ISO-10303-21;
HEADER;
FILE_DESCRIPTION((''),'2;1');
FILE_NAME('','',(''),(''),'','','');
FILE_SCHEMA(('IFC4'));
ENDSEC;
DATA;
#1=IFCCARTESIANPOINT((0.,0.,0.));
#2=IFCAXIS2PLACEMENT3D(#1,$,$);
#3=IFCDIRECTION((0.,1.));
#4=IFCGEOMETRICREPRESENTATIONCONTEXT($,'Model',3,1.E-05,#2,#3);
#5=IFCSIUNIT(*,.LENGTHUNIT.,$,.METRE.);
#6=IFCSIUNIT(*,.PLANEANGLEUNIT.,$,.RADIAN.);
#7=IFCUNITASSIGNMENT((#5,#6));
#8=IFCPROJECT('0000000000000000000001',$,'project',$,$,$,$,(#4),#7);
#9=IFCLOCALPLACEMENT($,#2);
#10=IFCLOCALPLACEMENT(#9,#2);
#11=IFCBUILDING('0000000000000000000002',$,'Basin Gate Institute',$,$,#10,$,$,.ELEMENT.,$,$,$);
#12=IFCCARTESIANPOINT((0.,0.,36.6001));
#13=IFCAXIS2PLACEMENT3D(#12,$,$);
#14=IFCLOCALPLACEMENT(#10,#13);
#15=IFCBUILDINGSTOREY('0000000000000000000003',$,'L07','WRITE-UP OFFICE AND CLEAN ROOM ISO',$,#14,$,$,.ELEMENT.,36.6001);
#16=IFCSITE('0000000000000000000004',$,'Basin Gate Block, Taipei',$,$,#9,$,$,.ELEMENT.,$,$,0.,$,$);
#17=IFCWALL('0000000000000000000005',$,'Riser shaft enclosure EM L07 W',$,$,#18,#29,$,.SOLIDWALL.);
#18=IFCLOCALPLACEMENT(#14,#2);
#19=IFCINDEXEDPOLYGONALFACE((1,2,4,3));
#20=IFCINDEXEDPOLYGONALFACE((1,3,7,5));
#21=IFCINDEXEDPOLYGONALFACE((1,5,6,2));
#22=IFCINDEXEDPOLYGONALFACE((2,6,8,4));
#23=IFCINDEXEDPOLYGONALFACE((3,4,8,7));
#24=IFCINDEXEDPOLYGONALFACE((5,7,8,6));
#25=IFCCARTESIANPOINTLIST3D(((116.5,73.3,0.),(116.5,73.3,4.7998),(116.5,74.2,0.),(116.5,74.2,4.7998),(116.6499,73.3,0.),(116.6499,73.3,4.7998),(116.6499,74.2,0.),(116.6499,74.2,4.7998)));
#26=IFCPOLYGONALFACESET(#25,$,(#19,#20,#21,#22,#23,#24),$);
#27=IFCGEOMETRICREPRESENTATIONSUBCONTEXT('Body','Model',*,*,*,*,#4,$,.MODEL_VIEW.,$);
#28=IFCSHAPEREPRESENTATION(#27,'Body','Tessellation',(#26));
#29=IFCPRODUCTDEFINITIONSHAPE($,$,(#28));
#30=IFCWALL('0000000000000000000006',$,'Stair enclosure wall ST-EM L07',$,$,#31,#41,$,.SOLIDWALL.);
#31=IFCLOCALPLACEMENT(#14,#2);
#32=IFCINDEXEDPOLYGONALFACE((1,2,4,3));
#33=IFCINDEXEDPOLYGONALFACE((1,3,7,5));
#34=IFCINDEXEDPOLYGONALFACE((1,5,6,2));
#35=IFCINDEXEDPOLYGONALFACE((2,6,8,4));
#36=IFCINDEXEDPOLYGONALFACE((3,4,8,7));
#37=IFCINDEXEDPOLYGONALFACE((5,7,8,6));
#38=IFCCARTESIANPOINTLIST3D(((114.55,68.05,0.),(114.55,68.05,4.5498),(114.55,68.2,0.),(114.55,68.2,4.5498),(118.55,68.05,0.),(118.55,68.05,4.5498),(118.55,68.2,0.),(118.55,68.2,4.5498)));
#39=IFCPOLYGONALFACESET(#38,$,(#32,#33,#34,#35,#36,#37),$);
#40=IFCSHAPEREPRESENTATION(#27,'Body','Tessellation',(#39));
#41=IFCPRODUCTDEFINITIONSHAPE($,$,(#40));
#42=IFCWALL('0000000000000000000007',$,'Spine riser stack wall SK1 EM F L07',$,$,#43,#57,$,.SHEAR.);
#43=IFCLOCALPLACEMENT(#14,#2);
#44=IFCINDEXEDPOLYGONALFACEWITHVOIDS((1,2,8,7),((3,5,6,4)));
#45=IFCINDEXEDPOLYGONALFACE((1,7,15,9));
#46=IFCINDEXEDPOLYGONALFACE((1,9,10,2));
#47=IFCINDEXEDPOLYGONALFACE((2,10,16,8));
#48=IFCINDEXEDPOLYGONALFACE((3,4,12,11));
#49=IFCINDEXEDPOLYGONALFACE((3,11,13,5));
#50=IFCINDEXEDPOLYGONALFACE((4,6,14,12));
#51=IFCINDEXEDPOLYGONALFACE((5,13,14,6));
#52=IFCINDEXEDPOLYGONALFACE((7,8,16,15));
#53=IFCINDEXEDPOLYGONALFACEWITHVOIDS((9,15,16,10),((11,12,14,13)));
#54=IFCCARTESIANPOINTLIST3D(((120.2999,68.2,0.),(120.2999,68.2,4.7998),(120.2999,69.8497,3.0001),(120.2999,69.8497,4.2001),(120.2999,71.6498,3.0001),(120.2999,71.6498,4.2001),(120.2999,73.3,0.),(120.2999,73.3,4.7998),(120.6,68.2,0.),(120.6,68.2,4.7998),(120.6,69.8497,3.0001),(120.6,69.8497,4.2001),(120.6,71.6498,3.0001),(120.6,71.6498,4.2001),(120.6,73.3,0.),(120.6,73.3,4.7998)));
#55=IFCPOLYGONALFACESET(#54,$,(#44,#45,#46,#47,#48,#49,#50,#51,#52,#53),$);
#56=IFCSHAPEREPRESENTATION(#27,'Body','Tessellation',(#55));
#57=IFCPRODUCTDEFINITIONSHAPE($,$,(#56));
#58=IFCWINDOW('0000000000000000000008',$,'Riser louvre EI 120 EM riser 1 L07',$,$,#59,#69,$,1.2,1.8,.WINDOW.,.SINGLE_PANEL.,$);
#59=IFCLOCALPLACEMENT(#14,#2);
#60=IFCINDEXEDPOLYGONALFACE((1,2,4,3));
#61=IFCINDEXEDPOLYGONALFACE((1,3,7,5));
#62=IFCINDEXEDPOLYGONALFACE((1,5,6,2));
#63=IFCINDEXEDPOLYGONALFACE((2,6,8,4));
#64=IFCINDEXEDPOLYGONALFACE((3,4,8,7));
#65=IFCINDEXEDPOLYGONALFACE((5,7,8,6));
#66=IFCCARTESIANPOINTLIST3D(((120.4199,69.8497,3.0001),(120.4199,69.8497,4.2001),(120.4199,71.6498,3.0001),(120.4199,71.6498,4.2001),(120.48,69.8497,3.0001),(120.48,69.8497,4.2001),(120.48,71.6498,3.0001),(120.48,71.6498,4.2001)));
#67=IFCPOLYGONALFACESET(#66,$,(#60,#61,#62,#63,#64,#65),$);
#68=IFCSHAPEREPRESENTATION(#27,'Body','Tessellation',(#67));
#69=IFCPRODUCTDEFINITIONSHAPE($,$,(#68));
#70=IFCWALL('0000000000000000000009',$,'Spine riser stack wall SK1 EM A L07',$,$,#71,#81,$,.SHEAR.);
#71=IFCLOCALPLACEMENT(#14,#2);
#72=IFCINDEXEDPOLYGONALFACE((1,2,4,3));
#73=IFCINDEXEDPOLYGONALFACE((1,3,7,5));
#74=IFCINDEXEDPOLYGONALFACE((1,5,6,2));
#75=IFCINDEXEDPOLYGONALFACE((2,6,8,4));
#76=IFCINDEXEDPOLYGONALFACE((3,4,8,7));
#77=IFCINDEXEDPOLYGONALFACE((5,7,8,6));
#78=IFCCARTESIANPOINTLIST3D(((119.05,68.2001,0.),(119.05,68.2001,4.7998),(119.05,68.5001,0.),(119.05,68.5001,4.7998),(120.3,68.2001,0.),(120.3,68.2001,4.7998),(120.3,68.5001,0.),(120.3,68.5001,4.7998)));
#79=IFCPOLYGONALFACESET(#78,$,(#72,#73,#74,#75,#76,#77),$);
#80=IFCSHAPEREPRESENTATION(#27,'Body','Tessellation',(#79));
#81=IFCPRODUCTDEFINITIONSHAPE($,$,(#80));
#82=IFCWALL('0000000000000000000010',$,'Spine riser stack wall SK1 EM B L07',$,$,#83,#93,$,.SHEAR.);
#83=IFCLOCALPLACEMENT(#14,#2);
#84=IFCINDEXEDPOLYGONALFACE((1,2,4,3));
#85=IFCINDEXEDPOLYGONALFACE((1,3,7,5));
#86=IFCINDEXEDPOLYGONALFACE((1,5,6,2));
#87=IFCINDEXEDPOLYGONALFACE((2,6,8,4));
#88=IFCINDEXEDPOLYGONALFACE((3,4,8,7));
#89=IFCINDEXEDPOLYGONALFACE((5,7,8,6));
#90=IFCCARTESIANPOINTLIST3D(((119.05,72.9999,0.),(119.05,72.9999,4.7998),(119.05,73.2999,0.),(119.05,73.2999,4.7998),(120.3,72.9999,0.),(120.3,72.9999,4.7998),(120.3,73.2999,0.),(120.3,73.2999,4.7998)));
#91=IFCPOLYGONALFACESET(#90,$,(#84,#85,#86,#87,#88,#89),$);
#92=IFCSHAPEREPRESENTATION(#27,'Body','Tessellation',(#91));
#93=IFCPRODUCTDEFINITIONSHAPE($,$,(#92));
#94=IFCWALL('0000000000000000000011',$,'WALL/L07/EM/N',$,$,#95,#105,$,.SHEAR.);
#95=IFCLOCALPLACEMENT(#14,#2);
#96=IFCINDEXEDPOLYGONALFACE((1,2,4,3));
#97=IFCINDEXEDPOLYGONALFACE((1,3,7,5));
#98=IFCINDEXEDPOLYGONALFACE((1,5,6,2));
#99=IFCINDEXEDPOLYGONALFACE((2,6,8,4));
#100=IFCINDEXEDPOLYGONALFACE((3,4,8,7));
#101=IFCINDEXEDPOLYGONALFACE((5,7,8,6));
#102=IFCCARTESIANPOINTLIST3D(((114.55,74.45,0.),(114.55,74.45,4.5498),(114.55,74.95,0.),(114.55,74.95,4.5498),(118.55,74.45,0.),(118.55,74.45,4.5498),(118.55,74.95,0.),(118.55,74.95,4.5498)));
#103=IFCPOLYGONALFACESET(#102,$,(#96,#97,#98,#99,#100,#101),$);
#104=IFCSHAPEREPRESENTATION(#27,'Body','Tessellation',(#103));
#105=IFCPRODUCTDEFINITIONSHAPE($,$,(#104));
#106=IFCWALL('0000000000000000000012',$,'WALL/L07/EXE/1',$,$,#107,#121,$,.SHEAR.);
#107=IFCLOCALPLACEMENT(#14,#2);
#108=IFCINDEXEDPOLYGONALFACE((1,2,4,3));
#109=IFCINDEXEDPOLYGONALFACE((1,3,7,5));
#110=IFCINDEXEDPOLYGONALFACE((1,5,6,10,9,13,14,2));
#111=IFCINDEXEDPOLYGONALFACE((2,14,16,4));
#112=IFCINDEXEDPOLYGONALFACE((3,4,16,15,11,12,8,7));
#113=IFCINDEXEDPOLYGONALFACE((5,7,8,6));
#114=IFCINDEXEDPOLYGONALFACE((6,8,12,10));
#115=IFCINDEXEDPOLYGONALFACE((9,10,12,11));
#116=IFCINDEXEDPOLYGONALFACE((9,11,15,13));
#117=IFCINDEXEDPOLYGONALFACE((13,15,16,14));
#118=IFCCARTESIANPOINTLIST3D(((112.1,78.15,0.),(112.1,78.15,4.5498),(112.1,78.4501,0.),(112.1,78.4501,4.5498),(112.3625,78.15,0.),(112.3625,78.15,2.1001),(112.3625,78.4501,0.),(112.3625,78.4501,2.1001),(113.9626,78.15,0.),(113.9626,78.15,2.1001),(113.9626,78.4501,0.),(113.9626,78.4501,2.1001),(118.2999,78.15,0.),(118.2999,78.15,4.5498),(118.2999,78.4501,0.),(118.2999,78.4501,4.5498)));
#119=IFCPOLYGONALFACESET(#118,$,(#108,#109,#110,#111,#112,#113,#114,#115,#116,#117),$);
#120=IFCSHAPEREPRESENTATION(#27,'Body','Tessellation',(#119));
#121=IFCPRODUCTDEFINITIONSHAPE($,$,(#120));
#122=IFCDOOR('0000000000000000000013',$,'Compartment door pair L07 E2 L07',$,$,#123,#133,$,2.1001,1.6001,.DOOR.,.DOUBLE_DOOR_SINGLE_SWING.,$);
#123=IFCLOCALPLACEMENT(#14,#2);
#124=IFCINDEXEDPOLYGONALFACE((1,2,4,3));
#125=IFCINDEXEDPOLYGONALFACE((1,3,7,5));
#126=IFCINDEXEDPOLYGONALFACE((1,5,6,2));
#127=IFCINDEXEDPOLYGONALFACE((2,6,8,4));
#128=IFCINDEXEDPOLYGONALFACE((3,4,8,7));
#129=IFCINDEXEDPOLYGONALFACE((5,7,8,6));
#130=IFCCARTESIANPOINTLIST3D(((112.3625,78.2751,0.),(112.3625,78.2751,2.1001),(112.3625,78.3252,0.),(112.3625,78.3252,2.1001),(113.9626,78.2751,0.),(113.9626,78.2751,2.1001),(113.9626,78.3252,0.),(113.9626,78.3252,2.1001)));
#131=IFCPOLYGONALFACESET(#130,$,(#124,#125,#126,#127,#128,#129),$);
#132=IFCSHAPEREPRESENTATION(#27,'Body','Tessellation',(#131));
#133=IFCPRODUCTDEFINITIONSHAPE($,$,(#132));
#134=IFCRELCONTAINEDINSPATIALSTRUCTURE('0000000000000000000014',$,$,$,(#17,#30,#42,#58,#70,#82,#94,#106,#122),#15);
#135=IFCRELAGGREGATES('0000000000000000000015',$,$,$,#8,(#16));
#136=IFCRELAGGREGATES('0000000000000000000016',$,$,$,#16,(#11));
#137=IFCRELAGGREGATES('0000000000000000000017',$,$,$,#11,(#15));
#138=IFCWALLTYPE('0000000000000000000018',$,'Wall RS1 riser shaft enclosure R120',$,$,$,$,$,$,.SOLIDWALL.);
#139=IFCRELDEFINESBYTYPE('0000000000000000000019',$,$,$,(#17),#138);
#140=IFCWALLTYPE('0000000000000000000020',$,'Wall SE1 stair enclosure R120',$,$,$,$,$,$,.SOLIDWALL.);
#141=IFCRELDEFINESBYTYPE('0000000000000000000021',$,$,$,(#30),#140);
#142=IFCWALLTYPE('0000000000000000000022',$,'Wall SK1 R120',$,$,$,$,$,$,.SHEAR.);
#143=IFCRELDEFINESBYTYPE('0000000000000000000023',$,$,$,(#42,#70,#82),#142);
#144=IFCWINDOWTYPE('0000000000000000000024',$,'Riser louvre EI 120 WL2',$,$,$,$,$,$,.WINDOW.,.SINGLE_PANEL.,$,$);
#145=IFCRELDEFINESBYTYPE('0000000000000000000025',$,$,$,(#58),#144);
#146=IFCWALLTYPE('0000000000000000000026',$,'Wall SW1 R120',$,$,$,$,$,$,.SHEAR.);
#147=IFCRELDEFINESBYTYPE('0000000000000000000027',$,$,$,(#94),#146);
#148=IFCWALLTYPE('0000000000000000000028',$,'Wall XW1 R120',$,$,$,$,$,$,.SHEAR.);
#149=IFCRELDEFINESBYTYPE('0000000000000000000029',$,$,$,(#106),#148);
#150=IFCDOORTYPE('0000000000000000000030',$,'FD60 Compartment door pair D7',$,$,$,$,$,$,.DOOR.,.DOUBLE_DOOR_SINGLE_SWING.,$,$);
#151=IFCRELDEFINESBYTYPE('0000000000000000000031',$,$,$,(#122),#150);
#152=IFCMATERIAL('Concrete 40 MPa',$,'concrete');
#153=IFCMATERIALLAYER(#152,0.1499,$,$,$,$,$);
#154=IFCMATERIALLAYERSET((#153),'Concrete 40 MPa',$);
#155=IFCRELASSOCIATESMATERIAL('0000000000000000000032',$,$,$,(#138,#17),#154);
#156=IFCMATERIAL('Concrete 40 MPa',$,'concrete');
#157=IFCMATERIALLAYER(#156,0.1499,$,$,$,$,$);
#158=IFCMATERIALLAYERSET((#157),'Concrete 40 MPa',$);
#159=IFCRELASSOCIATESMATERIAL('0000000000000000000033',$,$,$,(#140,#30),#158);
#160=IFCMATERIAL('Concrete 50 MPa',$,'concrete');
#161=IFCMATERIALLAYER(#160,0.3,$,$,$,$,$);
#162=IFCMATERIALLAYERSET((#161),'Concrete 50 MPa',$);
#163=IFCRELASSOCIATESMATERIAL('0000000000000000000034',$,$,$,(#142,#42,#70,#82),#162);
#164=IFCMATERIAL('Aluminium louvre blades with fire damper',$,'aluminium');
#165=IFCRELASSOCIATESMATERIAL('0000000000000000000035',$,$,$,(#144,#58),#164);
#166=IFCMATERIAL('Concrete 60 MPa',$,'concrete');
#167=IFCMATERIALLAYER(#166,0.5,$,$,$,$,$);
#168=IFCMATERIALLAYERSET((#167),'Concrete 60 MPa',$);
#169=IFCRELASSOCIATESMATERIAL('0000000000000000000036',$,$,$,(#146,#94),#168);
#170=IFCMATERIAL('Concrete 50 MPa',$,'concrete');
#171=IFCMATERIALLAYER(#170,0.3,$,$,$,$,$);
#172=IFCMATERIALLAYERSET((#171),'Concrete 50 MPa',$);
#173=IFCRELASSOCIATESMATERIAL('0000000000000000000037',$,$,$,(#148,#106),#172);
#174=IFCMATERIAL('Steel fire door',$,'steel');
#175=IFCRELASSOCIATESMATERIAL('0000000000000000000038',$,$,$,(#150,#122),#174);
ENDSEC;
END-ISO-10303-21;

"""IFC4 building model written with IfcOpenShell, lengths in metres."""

from ifc_helpers import new_model, si_unit, direction, frame, frame_2d, origin, place, context, subcontext, project, spatial, rectangle, extrude, material, layer, layer_set, type_object, element, fill, save


model = new_model("IFC4")

# Units and contexts
model_context = context("Model", 3, precision=1e-05, world=origin(), true_north=direction((0.0, 1.0)))
body_context = subcontext(model_context, "Body", "Model", "MODEL_VIEW")
ifc_project = project(units=[si_unit("LENGTHUNIT", "METRE"), si_unit("PLANEANGLEUNIT", "RADIAN")], contexts=[model_context])

# Site, building, storey
site_placement = place(None, origin())
site = spatial("IfcSite", under=ifc_project, at=site_placement, Name="Basin Gate Block, Taipei", CompositionType="ELEMENT", RefElevation=0.0)
building_placement = place(site_placement, origin())
building = spatial("IfcBuilding", under=site, at=building_placement, Name="Basin Gate Institute", CompositionType="ELEMENT")
storey_placement = place(building_placement, frame((0.0, 0.0, 36.6001)))
storey = spatial("IfcBuildingStorey", under=building, at=storey_placement, Name="L07", Description="WRITE-UP OFFICE AND CLEAN ROOM ISO", CompositionType="ELEMENT", Elevation=36.6001)

# Walls
ifc_material_1 = material(Name="Concrete 40 MPa", Category="concrete")
ifc_layer_1 = layer(ifc_material_1, 0.1499)
ifc_layer_set_1 = layer_set([ifc_layer_1], Name="Concrete 40 MPa")
wall_type_1 = type_object("IfcWallType", Name="Wall RS1 riser shaft enclosure R120", PredefinedType="SOLIDWALL", material=ifc_layer_set_1)
wall_1_placement = place(storey_placement, frame((116.575, 73.3, 0.0), z_axis=(0.0, 0.0, 1.0), x_axis=(0.0, 1.0, 0.0)))
element("IfcWall", 1, at=wall_1_placement, inside=storey, type_object=wall_type_1, material=ifc_layer_set_1, Name="Riser shaft enclosure EM L07 W", PredefinedType="SOLIDWALL", context=body_context, shape_type="SweptSolid", body=[
    extrude(rectangle(XDim=0.8999, YDim=0.1499, at=frame_2d((0.45, 0.0))), origin(), (0.0, 0.0, 1.0), 4.7998),
])
ifc_material_2 = material(Name="Concrete 40 MPa", Category="concrete")
ifc_layer_2 = layer(ifc_material_2, 0.1499)
ifc_layer_set_2 = layer_set([ifc_layer_2], Name="Concrete 40 MPa")
wall_type_2 = type_object("IfcWallType", Name="Wall SE1 stair enclosure R120", PredefinedType="SOLIDWALL", material=ifc_layer_set_2)
wall_2_placement = place(storey_placement, frame((118.55, 68.125, 0.0), z_axis=(0.0, 0.0, 1.0), x_axis=(-1.0, 0.0, 0.0)))
element("IfcWall", 2, at=wall_2_placement, inside=storey, type_object=wall_type_2, material=ifc_layer_set_2, Name="Stair enclosure wall ST-EM L07", PredefinedType="SOLIDWALL", context=body_context, shape_type="SweptSolid", body=[
    extrude(rectangle(XDim=4.0, YDim=0.1499, at=frame_2d((2.0, 0.0))), origin(), (0.0, 0.0, 1.0), 4.5498),
])

# Wall, opening, window
ifc_material_3 = material(Name="Concrete 50 MPa", Category="concrete")
ifc_layer_3 = layer(ifc_material_3, 0.3)
ifc_layer_set_3 = layer_set([ifc_layer_3], Name="Concrete 50 MPa")
wall_type_3 = type_object("IfcWallType", Name="Wall SK1 R120", PredefinedType="SHEAR", material=ifc_layer_set_3)
wall_3_placement = place(storey_placement, frame((120.45, 68.2, 0.0), z_axis=(0.0, 0.0, 1.0), x_axis=(0.0, 1.0, 0.0)))
wall_3 = element("IfcWall", 3, at=wall_3_placement, inside=storey, type_object=wall_type_3, material=ifc_layer_set_3, Name="Spine riser stack wall SK1 EM F L07", PredefinedType="SHEAR", context=body_context, shape_type="SweptSolid", body=[
    extrude(rectangle(XDim=5.1001, YDim=0.3, at=frame_2d((2.55, 0.0))), origin(), (0.0, 0.0, 1.0), 4.7998),
])
opening_1_placement = place(wall_3_placement, frame((1.6499, 0.0, 3.0)))
opening_1 = element("IfcOpeningElement", 4, at=opening_1_placement, cuts=wall_3, PredefinedType="OPENING", context=body_context, shape_type="SweptSolid", body=[
    extrude(rectangle(XDim=1.8, YDim=1.2, at=frame_2d((0.8999, 0.6001))), frame((0.0, 0.1602, 0.0), z_axis=(0.0, -1.0, 0.0), x_axis=(1.0, 0.0, 0.0)), (0.0, 0.0, 1.0), 0.3201),
])
ifc_material_4 = material(Name="Aluminium louvre blades with fire damper", Category="aluminium")
window_type_1 = type_object("IfcWindowType", Name="Riser louvre EI 120 WL2", PartitioningType="SINGLE_PANEL", PredefinedType="WINDOW", material=ifc_material_4)
window_1_placement = place(opening_1_placement, origin())
window_1 = element("IfcWindow", 5, at=window_1_placement, inside=storey, type_object=window_type_1, material=ifc_material_4, Name="Riser louvre EI 120 EM riser 1 L07", OverallHeight=1.2, OverallWidth=1.8, PartitioningType="SINGLE_PANEL", PredefinedType="WINDOW", context=body_context, shape_type="SweptSolid", body=[
    extrude(rectangle(XDim=1.8, YDim=1.2, at=frame_2d((0.8999, 0.6001))), frame((0.0, 0.03, 0.0), z_axis=(0.0, -1.0, 0.0), x_axis=(1.0, 0.0, 0.0)), (0.0, 0.0, 1.0), 0.0601),
])
fill(opening_1, window_1)

# Walls
for number, where, z_axis, x_axis, name in (
    (6, (119.05, 68.3501, 0.0), (0.0, 0.0, 1.0), (1.0, 0.0, 0.0), "Spine riser stack wall SK1 EM A L07"),
    (7, (119.05, 73.1499, 0.0), (0.0, 0.0, 1.0), (1.0, 0.0, 0.0), "Spine riser stack wall SK1 EM B L07"),
):
    element("IfcWall", number, at=place(storey_placement, frame(where, z_axis=z_axis, x_axis=x_axis)), inside=storey, type_object=wall_type_3, material=ifc_layer_set_3, Name=name, PredefinedType="SHEAR", context=body_context, shape_type="SweptSolid", body=[
        extrude(rectangle(XDim=1.25, YDim=0.3, at=frame_2d((0.625, 0.0))), origin(), (0.0, 0.0, 1.0), 4.7998),
    ])
ifc_material_5 = material(Name="Concrete 60 MPa", Category="concrete")
ifc_layer_4 = layer(ifc_material_5, 0.5)
ifc_layer_set_4 = layer_set([ifc_layer_4], Name="Concrete 60 MPa")
wall_type_4 = type_object("IfcWallType", Name="Wall SW1 R120", PredefinedType="SHEAR", material=ifc_layer_set_4)
wall_4_placement = place(storey_placement, frame((118.55, 74.7, 0.0), z_axis=(0.0, 0.0, 1.0), x_axis=(-1.0, 0.0, 0.0)))
element("IfcWall", 8, at=wall_4_placement, inside=storey, type_object=wall_type_4, material=ifc_layer_set_4, Name="WALL/L07/EM/N", PredefinedType="SHEAR", context=body_context, shape_type="SweptSolid", body=[
    extrude(rectangle(XDim=4.0, YDim=0.5, at=frame_2d((2.0, 0.0))), origin(), (0.0, 0.0, 1.0), 4.5498),
])

# Wall, opening, door
ifc_material_6 = material(Name="Concrete 50 MPa", Category="concrete")
ifc_layer_5 = layer(ifc_material_6, 0.3)
ifc_layer_set_5 = layer_set([ifc_layer_5], Name="Concrete 50 MPa")
wall_type_5 = type_object("IfcWallType", Name="Wall XW1 R120", PredefinedType="SHEAR", material=ifc_layer_set_5)
wall_5_placement = place(storey_placement, frame((118.3, 78.3, 0.0), z_axis=(0.0, 0.0, 1.0), x_axis=(-1.0, 0.0, 0.0)))
wall_5 = element("IfcWall", 9, at=wall_5_placement, inside=storey, type_object=wall_type_5, material=ifc_layer_set_5, Name="WALL/L07/EXE/1", PredefinedType="SHEAR", context=body_context, shape_type="SweptSolid", body=[
    extrude(rectangle(XDim=6.2, YDim=0.3, at=frame_2d((3.1001, 0.0))), origin(), (0.0, 0.0, 1.0), 4.5498),
])
opening_2_placement = place(wall_5_placement, frame((4.3374, 0.0, 0.0)))
opening_2 = element("IfcOpeningElement", 10, at=opening_2_placement, cuts=wall_5, PredefinedType="OPENING", context=body_context, shape_type="SweptSolid", body=[
    extrude(rectangle(XDim=1.6001, YDim=2.1001, at=frame_2d((0.8, 1.05))), frame((0.0, 0.1602, 0.0), z_axis=(0.0, -1.0, 0.0), x_axis=(1.0, 0.0, 0.0)), (0.0, 0.0, 1.0), 0.3201),
])
ifc_material_7 = material(Name="Steel fire door", Category="steel")
door_type = type_object("IfcDoorType", Name="FD60 Compartment door pair D7", OperationType="DOUBLE_DOOR_SINGLE_SWING", PredefinedType="DOOR", material=ifc_material_7)
door_placement = place(opening_2_placement, origin())
door = element("IfcDoor", 11, at=door_placement, inside=storey, type_object=door_type, material=ifc_material_7, Name="Compartment door pair L07 E2 L07", OperationType="DOUBLE_DOOR_SINGLE_SWING", OverallHeight=2.1001, OverallWidth=1.6001, PredefinedType="DOOR", context=body_context, shape_type="SweptSolid", body=[
    extrude(rectangle(XDim=1.6001, YDim=2.1001, at=frame_2d((0.8, 1.05))), frame((0.0, 0.0249, 0.0), z_axis=(0.0, -1.0, 0.0), x_axis=(1.0, 0.0, 0.0)), (0.0, 0.0, 1.0), 0.05),
])
fill(opening_2, door)

save(model, "model.ifc")
